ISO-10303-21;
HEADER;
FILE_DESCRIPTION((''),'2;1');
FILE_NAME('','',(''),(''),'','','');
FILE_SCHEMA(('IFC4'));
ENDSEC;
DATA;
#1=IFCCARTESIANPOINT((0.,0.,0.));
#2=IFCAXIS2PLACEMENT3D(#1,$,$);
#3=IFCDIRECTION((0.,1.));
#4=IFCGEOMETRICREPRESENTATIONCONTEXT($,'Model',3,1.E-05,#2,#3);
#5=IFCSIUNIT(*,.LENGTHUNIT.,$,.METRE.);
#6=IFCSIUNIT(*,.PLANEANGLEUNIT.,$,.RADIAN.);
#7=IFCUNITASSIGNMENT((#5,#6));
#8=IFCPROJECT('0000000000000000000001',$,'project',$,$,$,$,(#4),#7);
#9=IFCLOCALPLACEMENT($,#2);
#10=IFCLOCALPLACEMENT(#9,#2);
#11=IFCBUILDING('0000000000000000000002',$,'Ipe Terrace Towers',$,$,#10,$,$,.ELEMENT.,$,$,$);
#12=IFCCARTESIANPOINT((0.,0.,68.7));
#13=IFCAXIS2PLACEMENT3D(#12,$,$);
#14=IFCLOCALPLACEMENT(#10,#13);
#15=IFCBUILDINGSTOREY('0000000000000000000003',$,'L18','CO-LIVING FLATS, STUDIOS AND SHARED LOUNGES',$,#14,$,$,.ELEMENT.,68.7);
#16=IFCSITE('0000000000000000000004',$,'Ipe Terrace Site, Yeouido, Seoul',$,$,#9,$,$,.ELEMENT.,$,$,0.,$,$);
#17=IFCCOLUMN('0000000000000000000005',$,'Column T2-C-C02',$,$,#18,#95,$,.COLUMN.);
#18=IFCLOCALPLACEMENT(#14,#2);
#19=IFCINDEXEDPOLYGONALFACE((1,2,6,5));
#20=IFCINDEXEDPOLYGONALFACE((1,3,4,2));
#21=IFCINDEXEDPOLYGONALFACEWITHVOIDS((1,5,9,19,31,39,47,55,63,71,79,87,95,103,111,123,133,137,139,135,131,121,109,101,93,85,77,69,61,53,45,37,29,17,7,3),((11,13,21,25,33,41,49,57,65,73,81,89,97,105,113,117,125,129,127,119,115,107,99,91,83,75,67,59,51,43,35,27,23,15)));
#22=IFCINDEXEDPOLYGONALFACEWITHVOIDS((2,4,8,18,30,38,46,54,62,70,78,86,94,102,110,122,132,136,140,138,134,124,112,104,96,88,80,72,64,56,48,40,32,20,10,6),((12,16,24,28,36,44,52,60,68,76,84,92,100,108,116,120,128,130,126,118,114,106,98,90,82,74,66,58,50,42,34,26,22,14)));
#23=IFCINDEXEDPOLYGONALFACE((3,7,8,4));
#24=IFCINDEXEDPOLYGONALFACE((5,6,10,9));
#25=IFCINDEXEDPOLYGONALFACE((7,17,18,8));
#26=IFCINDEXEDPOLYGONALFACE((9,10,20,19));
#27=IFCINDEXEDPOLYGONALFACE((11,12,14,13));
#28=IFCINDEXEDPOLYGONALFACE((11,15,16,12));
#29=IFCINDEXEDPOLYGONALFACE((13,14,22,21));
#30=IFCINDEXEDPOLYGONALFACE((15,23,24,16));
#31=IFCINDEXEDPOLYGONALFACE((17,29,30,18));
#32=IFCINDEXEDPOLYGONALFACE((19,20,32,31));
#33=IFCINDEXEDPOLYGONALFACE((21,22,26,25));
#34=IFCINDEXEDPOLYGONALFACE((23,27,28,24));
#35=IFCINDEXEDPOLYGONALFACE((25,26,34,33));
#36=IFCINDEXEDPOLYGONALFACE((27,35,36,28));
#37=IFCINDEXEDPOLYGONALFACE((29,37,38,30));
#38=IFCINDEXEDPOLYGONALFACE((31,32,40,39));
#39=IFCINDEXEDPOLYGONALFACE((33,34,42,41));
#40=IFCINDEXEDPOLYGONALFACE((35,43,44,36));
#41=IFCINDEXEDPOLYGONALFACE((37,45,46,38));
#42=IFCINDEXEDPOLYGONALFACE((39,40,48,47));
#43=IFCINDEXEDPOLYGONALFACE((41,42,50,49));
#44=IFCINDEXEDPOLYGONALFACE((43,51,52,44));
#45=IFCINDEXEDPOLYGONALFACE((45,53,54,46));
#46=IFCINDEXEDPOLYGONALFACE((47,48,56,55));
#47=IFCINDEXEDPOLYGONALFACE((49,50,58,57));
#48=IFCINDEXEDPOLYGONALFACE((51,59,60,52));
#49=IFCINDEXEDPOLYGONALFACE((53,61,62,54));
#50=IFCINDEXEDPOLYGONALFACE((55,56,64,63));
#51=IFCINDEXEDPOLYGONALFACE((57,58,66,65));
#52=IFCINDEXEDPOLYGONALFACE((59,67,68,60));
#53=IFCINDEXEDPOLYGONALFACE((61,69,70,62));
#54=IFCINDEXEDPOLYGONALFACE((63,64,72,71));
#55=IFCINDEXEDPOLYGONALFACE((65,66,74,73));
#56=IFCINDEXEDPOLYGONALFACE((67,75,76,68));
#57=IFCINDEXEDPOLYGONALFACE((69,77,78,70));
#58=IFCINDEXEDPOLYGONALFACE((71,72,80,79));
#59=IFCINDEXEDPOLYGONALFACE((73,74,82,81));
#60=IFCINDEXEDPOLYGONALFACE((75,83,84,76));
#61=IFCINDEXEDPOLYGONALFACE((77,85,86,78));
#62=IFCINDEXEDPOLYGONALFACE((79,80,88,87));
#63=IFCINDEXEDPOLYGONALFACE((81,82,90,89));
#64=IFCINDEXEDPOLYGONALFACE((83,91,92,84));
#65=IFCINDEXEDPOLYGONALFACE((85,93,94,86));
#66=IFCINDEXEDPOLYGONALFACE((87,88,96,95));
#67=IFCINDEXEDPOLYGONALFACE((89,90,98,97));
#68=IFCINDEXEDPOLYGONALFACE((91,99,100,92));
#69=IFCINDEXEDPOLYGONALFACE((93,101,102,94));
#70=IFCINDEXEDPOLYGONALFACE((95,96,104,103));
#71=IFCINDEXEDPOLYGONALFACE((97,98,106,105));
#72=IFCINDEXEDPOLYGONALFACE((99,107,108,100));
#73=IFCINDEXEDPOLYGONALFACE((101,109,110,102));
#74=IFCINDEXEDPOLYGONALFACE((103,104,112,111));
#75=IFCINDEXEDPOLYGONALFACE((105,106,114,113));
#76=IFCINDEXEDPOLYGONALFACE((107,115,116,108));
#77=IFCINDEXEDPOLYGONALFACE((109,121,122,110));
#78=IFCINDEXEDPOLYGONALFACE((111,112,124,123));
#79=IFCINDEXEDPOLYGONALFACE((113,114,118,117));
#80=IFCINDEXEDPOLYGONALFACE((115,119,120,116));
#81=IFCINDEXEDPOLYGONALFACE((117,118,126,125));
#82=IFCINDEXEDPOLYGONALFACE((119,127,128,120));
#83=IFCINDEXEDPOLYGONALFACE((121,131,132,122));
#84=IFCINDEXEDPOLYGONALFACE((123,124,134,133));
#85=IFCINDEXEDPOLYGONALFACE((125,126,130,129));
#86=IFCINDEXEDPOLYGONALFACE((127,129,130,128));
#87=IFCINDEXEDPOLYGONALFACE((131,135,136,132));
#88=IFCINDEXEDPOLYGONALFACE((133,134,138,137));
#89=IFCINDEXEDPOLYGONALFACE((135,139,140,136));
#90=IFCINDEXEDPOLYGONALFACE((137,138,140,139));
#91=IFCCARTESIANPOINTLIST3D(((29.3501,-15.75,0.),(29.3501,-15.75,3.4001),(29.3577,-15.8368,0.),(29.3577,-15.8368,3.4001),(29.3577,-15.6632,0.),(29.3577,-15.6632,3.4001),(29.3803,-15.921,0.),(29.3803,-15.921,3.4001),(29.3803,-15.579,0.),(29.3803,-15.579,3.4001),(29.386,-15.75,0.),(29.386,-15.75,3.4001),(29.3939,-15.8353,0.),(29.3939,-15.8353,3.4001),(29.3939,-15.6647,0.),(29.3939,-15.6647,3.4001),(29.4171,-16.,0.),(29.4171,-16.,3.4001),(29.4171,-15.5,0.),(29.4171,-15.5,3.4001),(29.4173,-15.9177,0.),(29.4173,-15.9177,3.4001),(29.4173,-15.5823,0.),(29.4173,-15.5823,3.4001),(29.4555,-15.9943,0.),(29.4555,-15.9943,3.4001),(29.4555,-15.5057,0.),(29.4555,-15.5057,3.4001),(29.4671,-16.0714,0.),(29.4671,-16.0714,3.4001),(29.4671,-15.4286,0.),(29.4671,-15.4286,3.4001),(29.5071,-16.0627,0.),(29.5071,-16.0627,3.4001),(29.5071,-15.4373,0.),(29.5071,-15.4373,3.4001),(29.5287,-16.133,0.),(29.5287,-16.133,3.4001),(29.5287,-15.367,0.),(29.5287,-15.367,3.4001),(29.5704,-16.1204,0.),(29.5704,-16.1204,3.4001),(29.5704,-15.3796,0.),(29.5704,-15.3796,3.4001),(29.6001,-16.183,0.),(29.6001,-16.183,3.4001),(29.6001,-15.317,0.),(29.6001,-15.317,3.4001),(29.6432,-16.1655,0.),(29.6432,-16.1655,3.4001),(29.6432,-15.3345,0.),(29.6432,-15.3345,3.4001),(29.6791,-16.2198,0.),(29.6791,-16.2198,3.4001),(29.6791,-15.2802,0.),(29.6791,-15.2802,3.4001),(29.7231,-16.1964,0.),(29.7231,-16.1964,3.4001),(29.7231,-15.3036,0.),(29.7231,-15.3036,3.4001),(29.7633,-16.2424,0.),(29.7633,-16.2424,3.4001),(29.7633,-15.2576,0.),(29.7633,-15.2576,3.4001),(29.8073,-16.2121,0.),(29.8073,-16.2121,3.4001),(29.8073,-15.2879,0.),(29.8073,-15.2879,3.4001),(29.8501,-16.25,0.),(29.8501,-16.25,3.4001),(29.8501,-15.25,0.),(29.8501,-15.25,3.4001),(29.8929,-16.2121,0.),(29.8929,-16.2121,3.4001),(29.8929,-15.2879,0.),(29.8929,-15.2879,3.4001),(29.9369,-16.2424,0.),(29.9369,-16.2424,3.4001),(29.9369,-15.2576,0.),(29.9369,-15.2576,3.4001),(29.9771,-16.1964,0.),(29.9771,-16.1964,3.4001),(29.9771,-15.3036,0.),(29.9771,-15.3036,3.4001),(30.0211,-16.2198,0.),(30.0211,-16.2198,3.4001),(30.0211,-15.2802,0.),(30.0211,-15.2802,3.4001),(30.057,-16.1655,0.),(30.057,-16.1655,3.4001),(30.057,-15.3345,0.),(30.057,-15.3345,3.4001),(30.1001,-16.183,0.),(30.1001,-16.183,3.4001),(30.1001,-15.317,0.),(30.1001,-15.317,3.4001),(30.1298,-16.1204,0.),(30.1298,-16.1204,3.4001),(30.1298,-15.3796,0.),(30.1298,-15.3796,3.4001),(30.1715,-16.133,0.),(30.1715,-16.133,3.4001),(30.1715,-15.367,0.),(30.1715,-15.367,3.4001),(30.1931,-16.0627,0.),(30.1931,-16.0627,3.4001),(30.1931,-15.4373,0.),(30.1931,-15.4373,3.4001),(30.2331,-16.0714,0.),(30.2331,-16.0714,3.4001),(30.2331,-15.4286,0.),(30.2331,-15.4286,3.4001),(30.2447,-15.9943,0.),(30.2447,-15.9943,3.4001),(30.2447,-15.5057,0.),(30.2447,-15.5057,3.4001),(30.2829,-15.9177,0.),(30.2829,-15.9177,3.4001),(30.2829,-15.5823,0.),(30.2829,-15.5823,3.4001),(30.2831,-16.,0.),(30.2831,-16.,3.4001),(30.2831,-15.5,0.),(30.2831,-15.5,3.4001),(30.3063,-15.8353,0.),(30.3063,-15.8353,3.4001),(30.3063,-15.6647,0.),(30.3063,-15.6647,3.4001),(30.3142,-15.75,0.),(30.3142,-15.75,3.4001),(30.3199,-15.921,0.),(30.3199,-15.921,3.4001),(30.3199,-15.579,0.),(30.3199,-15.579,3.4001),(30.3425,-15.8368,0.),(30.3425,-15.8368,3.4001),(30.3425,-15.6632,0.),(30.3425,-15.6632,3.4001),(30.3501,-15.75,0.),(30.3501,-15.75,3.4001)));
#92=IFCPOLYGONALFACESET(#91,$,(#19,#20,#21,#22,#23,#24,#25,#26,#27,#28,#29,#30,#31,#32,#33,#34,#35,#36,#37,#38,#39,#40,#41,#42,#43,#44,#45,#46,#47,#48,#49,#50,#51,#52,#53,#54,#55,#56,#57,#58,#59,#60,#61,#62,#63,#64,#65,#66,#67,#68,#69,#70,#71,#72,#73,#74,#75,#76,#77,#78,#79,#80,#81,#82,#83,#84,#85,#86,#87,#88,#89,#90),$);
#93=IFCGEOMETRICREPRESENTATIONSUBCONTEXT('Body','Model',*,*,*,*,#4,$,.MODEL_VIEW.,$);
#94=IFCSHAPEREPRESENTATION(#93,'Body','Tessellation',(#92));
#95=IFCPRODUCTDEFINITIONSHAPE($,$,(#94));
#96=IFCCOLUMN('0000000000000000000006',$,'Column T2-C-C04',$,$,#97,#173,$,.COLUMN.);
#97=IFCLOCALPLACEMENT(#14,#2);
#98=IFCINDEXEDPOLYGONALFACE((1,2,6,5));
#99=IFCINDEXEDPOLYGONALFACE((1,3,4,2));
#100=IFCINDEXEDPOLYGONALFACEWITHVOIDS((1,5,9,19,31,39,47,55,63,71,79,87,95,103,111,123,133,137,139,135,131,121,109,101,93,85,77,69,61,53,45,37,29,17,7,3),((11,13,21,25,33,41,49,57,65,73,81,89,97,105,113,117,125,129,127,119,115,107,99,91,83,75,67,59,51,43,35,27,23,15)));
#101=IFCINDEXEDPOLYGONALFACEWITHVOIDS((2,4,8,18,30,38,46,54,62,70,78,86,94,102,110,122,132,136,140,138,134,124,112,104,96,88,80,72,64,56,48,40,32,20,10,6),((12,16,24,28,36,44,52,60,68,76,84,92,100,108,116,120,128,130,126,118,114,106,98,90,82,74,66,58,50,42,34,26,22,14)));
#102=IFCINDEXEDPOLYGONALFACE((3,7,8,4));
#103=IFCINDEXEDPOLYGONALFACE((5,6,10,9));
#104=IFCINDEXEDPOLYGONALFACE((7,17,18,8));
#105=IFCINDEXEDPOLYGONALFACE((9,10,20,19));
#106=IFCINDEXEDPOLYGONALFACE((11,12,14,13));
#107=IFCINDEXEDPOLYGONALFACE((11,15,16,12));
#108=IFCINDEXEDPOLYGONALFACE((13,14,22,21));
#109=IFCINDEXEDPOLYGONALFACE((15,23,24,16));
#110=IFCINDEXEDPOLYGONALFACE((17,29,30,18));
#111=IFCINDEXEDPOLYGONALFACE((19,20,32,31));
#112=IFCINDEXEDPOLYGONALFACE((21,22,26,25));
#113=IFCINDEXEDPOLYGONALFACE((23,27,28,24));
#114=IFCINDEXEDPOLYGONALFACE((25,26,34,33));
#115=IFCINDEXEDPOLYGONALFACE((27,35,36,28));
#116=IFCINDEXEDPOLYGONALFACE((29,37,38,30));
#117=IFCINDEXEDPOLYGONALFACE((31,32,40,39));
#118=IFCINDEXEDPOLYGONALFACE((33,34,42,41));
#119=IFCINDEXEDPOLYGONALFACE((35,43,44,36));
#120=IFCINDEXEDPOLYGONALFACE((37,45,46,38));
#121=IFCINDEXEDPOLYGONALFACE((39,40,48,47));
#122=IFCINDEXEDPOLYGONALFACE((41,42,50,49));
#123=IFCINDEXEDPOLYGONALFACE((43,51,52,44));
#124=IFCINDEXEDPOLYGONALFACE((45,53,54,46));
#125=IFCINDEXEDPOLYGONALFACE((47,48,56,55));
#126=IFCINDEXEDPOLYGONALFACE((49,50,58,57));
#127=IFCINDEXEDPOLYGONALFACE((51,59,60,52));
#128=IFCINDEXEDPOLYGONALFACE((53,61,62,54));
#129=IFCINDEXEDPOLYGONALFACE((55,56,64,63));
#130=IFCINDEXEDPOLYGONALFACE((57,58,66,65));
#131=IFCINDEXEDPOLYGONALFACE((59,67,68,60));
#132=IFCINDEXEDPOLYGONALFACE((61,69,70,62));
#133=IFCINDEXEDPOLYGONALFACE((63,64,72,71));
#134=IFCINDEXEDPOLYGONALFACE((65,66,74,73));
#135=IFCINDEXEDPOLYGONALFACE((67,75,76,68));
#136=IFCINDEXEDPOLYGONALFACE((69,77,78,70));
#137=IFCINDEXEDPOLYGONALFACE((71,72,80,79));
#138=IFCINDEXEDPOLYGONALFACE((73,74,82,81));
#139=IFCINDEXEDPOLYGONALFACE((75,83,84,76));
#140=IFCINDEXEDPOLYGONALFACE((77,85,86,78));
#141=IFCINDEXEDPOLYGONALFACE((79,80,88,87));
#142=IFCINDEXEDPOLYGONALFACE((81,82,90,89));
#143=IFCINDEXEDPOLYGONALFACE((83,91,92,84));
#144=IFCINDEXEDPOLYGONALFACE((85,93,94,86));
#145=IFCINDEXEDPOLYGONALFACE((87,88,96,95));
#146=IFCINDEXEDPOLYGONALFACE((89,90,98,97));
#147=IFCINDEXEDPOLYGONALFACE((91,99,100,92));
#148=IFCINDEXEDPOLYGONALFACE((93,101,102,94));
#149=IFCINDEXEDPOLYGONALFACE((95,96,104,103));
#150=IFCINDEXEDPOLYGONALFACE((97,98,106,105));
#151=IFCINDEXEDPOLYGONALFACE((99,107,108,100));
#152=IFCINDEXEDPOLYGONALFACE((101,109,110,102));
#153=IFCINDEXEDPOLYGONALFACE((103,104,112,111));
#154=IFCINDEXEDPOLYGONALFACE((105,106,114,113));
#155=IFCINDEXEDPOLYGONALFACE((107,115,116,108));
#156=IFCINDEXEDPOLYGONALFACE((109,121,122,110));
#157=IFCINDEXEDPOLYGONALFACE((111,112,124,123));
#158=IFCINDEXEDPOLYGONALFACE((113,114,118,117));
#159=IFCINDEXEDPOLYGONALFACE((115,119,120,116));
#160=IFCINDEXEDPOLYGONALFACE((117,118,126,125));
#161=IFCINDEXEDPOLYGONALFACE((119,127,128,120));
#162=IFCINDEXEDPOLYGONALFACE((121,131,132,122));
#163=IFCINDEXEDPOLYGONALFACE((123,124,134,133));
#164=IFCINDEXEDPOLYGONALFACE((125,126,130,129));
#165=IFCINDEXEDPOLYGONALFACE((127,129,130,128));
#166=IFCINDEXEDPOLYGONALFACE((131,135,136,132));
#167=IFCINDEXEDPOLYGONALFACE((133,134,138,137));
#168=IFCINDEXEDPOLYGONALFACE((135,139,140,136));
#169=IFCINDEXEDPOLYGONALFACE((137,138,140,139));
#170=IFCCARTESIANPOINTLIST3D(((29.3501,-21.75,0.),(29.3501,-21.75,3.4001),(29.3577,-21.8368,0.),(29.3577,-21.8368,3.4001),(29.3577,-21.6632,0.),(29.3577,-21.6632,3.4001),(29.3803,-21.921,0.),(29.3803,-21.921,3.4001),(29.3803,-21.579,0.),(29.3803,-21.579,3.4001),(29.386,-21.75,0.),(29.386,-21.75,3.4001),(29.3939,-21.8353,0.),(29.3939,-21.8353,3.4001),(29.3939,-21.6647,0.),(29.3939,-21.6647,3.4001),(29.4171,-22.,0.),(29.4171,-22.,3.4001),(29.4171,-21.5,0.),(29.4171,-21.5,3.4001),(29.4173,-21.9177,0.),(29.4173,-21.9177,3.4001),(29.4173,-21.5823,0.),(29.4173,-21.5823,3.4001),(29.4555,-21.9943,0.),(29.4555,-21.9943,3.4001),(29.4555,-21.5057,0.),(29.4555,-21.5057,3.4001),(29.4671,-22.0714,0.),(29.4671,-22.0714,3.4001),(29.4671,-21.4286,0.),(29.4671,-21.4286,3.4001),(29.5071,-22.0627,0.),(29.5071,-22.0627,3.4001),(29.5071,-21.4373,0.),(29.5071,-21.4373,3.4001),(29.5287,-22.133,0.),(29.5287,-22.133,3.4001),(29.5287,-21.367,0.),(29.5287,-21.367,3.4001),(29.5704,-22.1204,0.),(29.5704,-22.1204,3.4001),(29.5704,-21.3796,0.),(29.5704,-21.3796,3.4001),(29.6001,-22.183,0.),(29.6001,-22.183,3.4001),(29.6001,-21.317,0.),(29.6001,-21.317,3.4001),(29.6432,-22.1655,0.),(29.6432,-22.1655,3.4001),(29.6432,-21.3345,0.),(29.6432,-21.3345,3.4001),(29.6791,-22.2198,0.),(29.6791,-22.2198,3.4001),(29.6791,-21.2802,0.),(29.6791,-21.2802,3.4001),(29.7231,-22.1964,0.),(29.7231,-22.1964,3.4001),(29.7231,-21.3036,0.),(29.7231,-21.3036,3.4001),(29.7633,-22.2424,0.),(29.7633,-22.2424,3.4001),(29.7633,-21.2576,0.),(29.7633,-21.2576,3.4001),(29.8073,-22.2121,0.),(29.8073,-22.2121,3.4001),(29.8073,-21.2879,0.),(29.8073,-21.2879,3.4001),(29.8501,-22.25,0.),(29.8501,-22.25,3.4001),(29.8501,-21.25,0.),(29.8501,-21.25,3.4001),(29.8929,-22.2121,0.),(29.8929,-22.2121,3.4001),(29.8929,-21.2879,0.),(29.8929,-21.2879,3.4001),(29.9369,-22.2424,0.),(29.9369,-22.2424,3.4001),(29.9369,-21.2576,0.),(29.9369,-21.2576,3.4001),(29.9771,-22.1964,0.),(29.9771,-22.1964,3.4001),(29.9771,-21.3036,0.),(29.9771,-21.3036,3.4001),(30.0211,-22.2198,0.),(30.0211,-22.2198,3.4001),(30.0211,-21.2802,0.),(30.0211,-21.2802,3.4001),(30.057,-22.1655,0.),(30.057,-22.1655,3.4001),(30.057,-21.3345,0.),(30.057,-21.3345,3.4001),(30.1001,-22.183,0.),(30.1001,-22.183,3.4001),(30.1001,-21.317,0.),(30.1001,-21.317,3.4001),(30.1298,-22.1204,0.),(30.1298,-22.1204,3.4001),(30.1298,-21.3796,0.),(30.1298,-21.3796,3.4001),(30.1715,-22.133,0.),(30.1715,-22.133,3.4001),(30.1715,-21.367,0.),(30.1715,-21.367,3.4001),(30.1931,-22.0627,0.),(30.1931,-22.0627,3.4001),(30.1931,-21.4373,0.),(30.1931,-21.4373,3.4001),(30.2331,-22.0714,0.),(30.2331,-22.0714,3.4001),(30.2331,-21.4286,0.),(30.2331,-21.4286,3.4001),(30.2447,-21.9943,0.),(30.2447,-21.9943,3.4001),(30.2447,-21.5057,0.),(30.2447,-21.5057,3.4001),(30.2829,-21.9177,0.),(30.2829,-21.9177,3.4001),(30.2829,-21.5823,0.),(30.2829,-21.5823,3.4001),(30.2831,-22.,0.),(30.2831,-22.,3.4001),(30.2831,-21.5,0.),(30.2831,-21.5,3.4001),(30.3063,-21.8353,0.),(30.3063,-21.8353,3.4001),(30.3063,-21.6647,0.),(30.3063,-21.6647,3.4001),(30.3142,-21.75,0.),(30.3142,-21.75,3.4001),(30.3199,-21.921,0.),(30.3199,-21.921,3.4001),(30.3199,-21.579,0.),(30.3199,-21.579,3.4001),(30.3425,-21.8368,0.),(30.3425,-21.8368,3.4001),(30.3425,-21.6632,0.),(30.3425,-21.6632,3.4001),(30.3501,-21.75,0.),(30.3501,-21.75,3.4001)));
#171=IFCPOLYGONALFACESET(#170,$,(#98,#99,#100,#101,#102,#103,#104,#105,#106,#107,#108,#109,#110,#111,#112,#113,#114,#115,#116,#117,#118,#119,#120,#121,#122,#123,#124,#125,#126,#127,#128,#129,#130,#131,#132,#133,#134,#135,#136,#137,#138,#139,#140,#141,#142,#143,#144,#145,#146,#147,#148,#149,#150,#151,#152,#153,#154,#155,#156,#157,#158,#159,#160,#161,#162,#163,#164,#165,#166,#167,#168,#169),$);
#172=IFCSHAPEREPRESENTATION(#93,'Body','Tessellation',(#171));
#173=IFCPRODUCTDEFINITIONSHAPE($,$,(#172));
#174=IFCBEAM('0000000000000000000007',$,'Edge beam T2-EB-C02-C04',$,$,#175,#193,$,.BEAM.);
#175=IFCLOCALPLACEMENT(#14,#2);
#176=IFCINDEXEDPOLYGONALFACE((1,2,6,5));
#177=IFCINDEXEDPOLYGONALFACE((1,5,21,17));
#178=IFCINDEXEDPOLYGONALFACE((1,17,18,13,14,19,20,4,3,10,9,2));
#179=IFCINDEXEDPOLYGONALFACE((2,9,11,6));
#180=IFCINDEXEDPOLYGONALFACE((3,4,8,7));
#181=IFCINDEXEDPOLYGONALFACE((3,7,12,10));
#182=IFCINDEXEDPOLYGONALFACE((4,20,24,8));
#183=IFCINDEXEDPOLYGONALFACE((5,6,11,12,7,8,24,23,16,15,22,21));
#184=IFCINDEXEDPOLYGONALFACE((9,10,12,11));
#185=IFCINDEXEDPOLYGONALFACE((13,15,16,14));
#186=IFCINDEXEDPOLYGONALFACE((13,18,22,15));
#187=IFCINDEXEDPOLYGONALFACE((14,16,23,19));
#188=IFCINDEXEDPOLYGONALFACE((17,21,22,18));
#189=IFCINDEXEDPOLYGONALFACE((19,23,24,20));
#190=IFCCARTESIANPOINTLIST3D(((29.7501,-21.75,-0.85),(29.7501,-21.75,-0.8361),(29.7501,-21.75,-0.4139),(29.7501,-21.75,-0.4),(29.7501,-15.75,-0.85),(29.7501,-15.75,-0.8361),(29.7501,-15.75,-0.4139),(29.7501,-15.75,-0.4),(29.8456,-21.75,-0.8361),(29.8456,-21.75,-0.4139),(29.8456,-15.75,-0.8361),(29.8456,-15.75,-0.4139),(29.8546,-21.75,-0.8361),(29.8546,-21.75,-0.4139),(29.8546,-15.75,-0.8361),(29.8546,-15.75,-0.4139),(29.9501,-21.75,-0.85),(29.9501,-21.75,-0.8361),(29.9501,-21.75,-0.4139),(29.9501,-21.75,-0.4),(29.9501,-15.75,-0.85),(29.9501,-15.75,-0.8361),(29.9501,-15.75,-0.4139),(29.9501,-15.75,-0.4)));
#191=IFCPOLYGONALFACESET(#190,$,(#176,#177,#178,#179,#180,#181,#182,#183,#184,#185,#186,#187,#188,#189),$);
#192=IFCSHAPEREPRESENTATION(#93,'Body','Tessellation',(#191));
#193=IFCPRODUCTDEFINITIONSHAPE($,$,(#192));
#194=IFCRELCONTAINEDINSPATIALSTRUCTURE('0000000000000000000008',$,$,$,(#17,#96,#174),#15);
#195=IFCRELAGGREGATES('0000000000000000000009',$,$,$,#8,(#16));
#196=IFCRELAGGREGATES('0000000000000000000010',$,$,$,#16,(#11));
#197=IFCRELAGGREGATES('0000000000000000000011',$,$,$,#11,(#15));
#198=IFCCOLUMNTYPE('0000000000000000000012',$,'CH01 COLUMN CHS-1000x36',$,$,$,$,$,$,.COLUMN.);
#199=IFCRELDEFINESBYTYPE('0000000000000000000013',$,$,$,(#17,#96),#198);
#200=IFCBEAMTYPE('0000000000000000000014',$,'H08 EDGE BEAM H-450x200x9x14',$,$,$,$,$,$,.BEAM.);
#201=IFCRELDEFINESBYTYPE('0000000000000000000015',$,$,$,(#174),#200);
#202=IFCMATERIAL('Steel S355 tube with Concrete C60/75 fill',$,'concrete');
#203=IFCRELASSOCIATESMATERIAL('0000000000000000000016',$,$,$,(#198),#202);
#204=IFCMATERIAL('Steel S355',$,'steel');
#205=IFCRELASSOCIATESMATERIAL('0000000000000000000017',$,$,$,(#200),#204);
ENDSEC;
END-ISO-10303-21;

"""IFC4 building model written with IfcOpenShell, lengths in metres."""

from ifc_helpers import new_model, si_unit, direction, frame, origin, origin_2d, place, context, subcontext, project, spatial, hollow_circle, i_section, extrude, material, material_profile, profile_set, type_object, element, save


model = new_model("IFC4")

# Units and contexts
model_context = context("Model", 3, precision=1e-05, world=origin(), true_north=direction((0.0, 1.0)))
body_context = subcontext(model_context, "Body", "Model", "MODEL_VIEW")
ifc_project = project(units=[si_unit("LENGTHUNIT", "METRE"), si_unit("PLANEANGLEUNIT", "RADIAN")], contexts=[model_context])

# Site, building, storey
site_placement = place(None, origin())
site = spatial("IfcSite", under=ifc_project, at=site_placement, Name="Ipe Terrace Site, Yeouido, Seoul", CompositionType="ELEMENT", RefElevation=0.0)
building_placement = place(site_placement, origin())
building = spatial("IfcBuilding", under=site, at=building_placement, Name="Ipe Terrace Towers", CompositionType="ELEMENT")
storey_placement = place(building_placement, frame((0.0, 0.0, 68.7)))
storey = spatial("IfcBuildingStorey", under=building, at=storey_placement, Name="L18", Description="CO-LIVING FLATS, STUDIOS AND SHARED LOUNGES", CompositionType="ELEMENT", Elevation=68.7)

# Columns
ifc_material_1 = material(Name="Steel S355 tube with Concrete C60/75 fill", Category="concrete")
ifc_material_profile_1 = material_profile(ifc_material_1, hollow_circle(Radius=0.5, WallThickness=0.0359, at=origin_2d()), Name="CHS-1000x36")
ifc_profile_set_1 = profile_set([ifc_material_profile_1], Name="Steel S355 tube with Concrete C60/75 fill")
column_type = type_object("IfcColumnType", Name="CH01 COLUMN CHS-1000x36", PredefinedType="COLUMN", material=ifc_profile_set_1)
for number, where, z_axis, x_axis, name in (
    (1, (29.8501, -15.75, 0.0), (0.0, 0.0, 1.0), (1.0, 0.0, 0.0), "Column T2-C-C02"),
    (2, (29.8501, -21.75, 0.0), (0.0, 0.0, 1.0), (1.0, 0.0, 0.0), "Column T2-C-C04"),
):
    element("IfcColumn", number, at=place(storey_placement, frame(where, z_axis=z_axis, x_axis=x_axis)), inside=storey, type_object=column_type, Name=name, PredefinedType="COLUMN", context=body_context, shape_type="SweptSolid", body=[
        extrude(hollow_circle(Radius=0.5, WallThickness=0.0359, at=origin_2d()), origin(), (0.0, 0.0, 1.0), 3.4001),
    ])

# Beam
ifc_material_2 = material(Name="Steel S355", Category="steel")
ifc_material_profile_2 = material_profile(ifc_material_2, i_section(OverallWidth=0.2, OverallDepth=0.45, WebThickness=0.009, FlangeThickness=0.0139, at=origin_2d()), Name="H-450x200x9x14")
ifc_profile_set_2 = profile_set([ifc_material_profile_2], Name="Steel S355")
beam_type = type_object("IfcBeamType", Name="H08 EDGE BEAM H-450x200x9x14", PredefinedType="BEAM", material=ifc_profile_set_2)
beam_placement = place(storey_placement, frame((29.8501, -15.75, -0.625), z_axis=(0.0, -1.0, 0.0), x_axis=(1.0, 0.0, 0.0)))
element("IfcBeam", 3, at=beam_placement, inside=storey, type_object=beam_type, Name="Edge beam T2-EB-C02-C04", PredefinedType="BEAM", context=body_context, shape_type="SweptSolid", body=[
    extrude(i_section(OverallWidth=0.2, OverallDepth=0.45, WebThickness=0.009, FlangeThickness=0.0139, at=origin_2d()), origin(), (0.0, 0.0, 1.0), 6.0),
])

save(model, "model.ifc")
